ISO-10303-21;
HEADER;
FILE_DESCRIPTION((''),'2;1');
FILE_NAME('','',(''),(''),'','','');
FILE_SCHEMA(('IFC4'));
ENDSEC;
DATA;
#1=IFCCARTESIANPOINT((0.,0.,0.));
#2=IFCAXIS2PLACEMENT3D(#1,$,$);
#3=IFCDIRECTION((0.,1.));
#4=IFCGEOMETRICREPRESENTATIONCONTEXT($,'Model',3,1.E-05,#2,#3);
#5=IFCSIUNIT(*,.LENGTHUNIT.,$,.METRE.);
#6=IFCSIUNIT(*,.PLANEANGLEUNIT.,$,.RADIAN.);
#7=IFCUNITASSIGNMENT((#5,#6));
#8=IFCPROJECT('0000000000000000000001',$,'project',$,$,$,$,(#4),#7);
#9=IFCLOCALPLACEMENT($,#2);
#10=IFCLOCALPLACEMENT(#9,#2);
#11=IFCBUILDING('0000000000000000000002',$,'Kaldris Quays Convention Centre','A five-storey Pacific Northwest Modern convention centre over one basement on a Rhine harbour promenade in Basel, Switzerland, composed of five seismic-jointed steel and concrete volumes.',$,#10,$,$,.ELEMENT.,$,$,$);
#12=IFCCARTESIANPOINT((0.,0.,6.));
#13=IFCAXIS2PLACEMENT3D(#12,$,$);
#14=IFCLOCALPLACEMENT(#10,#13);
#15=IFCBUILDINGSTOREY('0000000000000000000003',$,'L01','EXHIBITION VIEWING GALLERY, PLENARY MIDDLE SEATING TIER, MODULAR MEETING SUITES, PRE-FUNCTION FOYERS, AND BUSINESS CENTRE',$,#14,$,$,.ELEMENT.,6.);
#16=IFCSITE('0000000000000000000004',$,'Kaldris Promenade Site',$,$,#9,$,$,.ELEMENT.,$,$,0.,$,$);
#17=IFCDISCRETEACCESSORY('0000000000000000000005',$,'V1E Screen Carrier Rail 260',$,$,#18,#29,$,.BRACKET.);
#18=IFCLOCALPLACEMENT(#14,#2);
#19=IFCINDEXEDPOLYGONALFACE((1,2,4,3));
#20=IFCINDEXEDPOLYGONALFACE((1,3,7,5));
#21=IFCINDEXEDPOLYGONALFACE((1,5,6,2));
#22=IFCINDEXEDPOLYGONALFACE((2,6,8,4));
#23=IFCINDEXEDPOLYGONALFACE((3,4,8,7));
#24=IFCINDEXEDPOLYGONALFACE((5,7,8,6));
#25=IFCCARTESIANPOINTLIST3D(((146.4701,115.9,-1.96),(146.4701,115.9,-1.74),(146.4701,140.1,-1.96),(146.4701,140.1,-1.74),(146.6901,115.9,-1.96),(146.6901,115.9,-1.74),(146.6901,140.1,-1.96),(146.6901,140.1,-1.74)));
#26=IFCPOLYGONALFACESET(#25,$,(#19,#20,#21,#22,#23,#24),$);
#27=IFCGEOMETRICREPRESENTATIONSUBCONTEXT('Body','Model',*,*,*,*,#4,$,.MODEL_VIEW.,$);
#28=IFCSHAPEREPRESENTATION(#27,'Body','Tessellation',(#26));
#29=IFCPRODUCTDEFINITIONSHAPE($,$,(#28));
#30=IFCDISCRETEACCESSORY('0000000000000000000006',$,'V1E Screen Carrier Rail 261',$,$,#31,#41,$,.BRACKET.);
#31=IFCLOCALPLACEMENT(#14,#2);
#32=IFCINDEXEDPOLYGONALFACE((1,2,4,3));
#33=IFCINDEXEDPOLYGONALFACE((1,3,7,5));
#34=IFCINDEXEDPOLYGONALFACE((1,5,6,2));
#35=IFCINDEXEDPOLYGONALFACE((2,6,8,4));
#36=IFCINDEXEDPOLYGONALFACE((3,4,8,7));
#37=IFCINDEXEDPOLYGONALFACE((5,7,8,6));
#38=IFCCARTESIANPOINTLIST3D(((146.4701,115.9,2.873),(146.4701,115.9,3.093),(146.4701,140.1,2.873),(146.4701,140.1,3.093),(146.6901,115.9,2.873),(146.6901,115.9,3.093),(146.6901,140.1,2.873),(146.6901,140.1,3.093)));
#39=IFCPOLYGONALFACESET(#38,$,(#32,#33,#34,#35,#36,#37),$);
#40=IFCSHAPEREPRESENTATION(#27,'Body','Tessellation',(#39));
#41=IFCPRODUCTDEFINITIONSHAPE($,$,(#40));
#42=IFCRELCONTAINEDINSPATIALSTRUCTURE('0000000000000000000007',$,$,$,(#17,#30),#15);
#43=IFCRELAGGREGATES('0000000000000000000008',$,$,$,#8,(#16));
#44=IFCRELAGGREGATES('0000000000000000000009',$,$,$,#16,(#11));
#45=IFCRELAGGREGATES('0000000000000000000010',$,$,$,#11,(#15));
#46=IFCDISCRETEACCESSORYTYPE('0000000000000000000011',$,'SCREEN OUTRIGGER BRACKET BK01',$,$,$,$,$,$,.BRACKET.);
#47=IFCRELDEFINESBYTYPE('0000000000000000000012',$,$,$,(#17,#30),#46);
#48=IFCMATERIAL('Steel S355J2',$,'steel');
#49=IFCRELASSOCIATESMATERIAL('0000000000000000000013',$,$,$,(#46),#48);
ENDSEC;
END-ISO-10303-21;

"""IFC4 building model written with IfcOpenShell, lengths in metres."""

from ifc_helpers import new_model, si_unit, direction, frame, origin, origin_2d, place, context, subcontext, project, spatial, rectangle, extrude, material, type_object, element, save


model = new_model("IFC4")

# Units and contexts
model_context = context("Model", 3, precision=1e-05, world=origin(), true_north=direction((0.0, 1.0)))
body_context = subcontext(model_context, "Body", "Model", "MODEL_VIEW")
ifc_project = project(units=[si_unit("LENGTHUNIT", "METRE"), si_unit("PLANEANGLEUNIT", "RADIAN")], contexts=[model_context])

# Site, building, storey
site_placement = place(None, origin())
site = spatial("IfcSite", under=ifc_project, at=site_placement, Name="Kaldris Promenade Site", CompositionType="ELEMENT", RefElevation=0.0)
building_placement = place(site_placement, origin())
building = spatial("IfcBuilding", under=site, at=building_placement, Name="Kaldris Quays Convention Centre", Description="A five-storey Pacific Northwest Modern convention centre over one basement on a Rhine harbour promenade in Basel, Switzerland, composed of five seismic-jointed steel and concrete volumes.", CompositionType="ELEMENT")
storey_placement = place(building_placement, frame((0.0, 0.0, 6.0)))
storey = spatial("IfcBuildingStorey", under=building, at=storey_placement, Name="L01", Description="EXHIBITION VIEWING GALLERY, PLENARY MIDDLE SEATING TIER, MODULAR MEETING SUITES, PRE-FUNCTION FOYERS, AND BUSINESS CENTRE", CompositionType="ELEMENT", Elevation=6.0)

# Shared definitions
ifc_material_1 = material(Name="Steel S355J2", Category="steel")

# Discrete accessories
discrete_accessory_type = type_object("IfcDiscreteAccessoryType", Name="SCREEN OUTRIGGER BRACKET BK01", PredefinedType="BRACKET", material=ifc_material_1)
for number, where, z_axis, x_axis, name in (
    (1, (146.5801, 128.0, -1.96), (0.0, 0.0, 1.0), (0.0, 1.0, 0.0), "V1E Screen Carrier Rail 260"),
    (2, (146.5801, 128.0, 2.873), (0.0, 0.0, 1.0), (0.0, 1.0, 0.0), "V1E Screen Carrier Rail 261"),
):
    element("IfcDiscreteAccessory", number, at=place(storey_placement, frame(where, z_axis=z_axis, x_axis=x_axis)), inside=storey, type_object=discrete_accessory_type, Name=name, PredefinedType="BRACKET", context=body_context, shape_type="SweptSolid", body=[
        extrude(rectangle(XDim=24.2, YDim=0.22, at=origin_2d()), origin(), (0.0, 0.0, 1.0), 0.22),
    ])

save(model, "model.ifc")
